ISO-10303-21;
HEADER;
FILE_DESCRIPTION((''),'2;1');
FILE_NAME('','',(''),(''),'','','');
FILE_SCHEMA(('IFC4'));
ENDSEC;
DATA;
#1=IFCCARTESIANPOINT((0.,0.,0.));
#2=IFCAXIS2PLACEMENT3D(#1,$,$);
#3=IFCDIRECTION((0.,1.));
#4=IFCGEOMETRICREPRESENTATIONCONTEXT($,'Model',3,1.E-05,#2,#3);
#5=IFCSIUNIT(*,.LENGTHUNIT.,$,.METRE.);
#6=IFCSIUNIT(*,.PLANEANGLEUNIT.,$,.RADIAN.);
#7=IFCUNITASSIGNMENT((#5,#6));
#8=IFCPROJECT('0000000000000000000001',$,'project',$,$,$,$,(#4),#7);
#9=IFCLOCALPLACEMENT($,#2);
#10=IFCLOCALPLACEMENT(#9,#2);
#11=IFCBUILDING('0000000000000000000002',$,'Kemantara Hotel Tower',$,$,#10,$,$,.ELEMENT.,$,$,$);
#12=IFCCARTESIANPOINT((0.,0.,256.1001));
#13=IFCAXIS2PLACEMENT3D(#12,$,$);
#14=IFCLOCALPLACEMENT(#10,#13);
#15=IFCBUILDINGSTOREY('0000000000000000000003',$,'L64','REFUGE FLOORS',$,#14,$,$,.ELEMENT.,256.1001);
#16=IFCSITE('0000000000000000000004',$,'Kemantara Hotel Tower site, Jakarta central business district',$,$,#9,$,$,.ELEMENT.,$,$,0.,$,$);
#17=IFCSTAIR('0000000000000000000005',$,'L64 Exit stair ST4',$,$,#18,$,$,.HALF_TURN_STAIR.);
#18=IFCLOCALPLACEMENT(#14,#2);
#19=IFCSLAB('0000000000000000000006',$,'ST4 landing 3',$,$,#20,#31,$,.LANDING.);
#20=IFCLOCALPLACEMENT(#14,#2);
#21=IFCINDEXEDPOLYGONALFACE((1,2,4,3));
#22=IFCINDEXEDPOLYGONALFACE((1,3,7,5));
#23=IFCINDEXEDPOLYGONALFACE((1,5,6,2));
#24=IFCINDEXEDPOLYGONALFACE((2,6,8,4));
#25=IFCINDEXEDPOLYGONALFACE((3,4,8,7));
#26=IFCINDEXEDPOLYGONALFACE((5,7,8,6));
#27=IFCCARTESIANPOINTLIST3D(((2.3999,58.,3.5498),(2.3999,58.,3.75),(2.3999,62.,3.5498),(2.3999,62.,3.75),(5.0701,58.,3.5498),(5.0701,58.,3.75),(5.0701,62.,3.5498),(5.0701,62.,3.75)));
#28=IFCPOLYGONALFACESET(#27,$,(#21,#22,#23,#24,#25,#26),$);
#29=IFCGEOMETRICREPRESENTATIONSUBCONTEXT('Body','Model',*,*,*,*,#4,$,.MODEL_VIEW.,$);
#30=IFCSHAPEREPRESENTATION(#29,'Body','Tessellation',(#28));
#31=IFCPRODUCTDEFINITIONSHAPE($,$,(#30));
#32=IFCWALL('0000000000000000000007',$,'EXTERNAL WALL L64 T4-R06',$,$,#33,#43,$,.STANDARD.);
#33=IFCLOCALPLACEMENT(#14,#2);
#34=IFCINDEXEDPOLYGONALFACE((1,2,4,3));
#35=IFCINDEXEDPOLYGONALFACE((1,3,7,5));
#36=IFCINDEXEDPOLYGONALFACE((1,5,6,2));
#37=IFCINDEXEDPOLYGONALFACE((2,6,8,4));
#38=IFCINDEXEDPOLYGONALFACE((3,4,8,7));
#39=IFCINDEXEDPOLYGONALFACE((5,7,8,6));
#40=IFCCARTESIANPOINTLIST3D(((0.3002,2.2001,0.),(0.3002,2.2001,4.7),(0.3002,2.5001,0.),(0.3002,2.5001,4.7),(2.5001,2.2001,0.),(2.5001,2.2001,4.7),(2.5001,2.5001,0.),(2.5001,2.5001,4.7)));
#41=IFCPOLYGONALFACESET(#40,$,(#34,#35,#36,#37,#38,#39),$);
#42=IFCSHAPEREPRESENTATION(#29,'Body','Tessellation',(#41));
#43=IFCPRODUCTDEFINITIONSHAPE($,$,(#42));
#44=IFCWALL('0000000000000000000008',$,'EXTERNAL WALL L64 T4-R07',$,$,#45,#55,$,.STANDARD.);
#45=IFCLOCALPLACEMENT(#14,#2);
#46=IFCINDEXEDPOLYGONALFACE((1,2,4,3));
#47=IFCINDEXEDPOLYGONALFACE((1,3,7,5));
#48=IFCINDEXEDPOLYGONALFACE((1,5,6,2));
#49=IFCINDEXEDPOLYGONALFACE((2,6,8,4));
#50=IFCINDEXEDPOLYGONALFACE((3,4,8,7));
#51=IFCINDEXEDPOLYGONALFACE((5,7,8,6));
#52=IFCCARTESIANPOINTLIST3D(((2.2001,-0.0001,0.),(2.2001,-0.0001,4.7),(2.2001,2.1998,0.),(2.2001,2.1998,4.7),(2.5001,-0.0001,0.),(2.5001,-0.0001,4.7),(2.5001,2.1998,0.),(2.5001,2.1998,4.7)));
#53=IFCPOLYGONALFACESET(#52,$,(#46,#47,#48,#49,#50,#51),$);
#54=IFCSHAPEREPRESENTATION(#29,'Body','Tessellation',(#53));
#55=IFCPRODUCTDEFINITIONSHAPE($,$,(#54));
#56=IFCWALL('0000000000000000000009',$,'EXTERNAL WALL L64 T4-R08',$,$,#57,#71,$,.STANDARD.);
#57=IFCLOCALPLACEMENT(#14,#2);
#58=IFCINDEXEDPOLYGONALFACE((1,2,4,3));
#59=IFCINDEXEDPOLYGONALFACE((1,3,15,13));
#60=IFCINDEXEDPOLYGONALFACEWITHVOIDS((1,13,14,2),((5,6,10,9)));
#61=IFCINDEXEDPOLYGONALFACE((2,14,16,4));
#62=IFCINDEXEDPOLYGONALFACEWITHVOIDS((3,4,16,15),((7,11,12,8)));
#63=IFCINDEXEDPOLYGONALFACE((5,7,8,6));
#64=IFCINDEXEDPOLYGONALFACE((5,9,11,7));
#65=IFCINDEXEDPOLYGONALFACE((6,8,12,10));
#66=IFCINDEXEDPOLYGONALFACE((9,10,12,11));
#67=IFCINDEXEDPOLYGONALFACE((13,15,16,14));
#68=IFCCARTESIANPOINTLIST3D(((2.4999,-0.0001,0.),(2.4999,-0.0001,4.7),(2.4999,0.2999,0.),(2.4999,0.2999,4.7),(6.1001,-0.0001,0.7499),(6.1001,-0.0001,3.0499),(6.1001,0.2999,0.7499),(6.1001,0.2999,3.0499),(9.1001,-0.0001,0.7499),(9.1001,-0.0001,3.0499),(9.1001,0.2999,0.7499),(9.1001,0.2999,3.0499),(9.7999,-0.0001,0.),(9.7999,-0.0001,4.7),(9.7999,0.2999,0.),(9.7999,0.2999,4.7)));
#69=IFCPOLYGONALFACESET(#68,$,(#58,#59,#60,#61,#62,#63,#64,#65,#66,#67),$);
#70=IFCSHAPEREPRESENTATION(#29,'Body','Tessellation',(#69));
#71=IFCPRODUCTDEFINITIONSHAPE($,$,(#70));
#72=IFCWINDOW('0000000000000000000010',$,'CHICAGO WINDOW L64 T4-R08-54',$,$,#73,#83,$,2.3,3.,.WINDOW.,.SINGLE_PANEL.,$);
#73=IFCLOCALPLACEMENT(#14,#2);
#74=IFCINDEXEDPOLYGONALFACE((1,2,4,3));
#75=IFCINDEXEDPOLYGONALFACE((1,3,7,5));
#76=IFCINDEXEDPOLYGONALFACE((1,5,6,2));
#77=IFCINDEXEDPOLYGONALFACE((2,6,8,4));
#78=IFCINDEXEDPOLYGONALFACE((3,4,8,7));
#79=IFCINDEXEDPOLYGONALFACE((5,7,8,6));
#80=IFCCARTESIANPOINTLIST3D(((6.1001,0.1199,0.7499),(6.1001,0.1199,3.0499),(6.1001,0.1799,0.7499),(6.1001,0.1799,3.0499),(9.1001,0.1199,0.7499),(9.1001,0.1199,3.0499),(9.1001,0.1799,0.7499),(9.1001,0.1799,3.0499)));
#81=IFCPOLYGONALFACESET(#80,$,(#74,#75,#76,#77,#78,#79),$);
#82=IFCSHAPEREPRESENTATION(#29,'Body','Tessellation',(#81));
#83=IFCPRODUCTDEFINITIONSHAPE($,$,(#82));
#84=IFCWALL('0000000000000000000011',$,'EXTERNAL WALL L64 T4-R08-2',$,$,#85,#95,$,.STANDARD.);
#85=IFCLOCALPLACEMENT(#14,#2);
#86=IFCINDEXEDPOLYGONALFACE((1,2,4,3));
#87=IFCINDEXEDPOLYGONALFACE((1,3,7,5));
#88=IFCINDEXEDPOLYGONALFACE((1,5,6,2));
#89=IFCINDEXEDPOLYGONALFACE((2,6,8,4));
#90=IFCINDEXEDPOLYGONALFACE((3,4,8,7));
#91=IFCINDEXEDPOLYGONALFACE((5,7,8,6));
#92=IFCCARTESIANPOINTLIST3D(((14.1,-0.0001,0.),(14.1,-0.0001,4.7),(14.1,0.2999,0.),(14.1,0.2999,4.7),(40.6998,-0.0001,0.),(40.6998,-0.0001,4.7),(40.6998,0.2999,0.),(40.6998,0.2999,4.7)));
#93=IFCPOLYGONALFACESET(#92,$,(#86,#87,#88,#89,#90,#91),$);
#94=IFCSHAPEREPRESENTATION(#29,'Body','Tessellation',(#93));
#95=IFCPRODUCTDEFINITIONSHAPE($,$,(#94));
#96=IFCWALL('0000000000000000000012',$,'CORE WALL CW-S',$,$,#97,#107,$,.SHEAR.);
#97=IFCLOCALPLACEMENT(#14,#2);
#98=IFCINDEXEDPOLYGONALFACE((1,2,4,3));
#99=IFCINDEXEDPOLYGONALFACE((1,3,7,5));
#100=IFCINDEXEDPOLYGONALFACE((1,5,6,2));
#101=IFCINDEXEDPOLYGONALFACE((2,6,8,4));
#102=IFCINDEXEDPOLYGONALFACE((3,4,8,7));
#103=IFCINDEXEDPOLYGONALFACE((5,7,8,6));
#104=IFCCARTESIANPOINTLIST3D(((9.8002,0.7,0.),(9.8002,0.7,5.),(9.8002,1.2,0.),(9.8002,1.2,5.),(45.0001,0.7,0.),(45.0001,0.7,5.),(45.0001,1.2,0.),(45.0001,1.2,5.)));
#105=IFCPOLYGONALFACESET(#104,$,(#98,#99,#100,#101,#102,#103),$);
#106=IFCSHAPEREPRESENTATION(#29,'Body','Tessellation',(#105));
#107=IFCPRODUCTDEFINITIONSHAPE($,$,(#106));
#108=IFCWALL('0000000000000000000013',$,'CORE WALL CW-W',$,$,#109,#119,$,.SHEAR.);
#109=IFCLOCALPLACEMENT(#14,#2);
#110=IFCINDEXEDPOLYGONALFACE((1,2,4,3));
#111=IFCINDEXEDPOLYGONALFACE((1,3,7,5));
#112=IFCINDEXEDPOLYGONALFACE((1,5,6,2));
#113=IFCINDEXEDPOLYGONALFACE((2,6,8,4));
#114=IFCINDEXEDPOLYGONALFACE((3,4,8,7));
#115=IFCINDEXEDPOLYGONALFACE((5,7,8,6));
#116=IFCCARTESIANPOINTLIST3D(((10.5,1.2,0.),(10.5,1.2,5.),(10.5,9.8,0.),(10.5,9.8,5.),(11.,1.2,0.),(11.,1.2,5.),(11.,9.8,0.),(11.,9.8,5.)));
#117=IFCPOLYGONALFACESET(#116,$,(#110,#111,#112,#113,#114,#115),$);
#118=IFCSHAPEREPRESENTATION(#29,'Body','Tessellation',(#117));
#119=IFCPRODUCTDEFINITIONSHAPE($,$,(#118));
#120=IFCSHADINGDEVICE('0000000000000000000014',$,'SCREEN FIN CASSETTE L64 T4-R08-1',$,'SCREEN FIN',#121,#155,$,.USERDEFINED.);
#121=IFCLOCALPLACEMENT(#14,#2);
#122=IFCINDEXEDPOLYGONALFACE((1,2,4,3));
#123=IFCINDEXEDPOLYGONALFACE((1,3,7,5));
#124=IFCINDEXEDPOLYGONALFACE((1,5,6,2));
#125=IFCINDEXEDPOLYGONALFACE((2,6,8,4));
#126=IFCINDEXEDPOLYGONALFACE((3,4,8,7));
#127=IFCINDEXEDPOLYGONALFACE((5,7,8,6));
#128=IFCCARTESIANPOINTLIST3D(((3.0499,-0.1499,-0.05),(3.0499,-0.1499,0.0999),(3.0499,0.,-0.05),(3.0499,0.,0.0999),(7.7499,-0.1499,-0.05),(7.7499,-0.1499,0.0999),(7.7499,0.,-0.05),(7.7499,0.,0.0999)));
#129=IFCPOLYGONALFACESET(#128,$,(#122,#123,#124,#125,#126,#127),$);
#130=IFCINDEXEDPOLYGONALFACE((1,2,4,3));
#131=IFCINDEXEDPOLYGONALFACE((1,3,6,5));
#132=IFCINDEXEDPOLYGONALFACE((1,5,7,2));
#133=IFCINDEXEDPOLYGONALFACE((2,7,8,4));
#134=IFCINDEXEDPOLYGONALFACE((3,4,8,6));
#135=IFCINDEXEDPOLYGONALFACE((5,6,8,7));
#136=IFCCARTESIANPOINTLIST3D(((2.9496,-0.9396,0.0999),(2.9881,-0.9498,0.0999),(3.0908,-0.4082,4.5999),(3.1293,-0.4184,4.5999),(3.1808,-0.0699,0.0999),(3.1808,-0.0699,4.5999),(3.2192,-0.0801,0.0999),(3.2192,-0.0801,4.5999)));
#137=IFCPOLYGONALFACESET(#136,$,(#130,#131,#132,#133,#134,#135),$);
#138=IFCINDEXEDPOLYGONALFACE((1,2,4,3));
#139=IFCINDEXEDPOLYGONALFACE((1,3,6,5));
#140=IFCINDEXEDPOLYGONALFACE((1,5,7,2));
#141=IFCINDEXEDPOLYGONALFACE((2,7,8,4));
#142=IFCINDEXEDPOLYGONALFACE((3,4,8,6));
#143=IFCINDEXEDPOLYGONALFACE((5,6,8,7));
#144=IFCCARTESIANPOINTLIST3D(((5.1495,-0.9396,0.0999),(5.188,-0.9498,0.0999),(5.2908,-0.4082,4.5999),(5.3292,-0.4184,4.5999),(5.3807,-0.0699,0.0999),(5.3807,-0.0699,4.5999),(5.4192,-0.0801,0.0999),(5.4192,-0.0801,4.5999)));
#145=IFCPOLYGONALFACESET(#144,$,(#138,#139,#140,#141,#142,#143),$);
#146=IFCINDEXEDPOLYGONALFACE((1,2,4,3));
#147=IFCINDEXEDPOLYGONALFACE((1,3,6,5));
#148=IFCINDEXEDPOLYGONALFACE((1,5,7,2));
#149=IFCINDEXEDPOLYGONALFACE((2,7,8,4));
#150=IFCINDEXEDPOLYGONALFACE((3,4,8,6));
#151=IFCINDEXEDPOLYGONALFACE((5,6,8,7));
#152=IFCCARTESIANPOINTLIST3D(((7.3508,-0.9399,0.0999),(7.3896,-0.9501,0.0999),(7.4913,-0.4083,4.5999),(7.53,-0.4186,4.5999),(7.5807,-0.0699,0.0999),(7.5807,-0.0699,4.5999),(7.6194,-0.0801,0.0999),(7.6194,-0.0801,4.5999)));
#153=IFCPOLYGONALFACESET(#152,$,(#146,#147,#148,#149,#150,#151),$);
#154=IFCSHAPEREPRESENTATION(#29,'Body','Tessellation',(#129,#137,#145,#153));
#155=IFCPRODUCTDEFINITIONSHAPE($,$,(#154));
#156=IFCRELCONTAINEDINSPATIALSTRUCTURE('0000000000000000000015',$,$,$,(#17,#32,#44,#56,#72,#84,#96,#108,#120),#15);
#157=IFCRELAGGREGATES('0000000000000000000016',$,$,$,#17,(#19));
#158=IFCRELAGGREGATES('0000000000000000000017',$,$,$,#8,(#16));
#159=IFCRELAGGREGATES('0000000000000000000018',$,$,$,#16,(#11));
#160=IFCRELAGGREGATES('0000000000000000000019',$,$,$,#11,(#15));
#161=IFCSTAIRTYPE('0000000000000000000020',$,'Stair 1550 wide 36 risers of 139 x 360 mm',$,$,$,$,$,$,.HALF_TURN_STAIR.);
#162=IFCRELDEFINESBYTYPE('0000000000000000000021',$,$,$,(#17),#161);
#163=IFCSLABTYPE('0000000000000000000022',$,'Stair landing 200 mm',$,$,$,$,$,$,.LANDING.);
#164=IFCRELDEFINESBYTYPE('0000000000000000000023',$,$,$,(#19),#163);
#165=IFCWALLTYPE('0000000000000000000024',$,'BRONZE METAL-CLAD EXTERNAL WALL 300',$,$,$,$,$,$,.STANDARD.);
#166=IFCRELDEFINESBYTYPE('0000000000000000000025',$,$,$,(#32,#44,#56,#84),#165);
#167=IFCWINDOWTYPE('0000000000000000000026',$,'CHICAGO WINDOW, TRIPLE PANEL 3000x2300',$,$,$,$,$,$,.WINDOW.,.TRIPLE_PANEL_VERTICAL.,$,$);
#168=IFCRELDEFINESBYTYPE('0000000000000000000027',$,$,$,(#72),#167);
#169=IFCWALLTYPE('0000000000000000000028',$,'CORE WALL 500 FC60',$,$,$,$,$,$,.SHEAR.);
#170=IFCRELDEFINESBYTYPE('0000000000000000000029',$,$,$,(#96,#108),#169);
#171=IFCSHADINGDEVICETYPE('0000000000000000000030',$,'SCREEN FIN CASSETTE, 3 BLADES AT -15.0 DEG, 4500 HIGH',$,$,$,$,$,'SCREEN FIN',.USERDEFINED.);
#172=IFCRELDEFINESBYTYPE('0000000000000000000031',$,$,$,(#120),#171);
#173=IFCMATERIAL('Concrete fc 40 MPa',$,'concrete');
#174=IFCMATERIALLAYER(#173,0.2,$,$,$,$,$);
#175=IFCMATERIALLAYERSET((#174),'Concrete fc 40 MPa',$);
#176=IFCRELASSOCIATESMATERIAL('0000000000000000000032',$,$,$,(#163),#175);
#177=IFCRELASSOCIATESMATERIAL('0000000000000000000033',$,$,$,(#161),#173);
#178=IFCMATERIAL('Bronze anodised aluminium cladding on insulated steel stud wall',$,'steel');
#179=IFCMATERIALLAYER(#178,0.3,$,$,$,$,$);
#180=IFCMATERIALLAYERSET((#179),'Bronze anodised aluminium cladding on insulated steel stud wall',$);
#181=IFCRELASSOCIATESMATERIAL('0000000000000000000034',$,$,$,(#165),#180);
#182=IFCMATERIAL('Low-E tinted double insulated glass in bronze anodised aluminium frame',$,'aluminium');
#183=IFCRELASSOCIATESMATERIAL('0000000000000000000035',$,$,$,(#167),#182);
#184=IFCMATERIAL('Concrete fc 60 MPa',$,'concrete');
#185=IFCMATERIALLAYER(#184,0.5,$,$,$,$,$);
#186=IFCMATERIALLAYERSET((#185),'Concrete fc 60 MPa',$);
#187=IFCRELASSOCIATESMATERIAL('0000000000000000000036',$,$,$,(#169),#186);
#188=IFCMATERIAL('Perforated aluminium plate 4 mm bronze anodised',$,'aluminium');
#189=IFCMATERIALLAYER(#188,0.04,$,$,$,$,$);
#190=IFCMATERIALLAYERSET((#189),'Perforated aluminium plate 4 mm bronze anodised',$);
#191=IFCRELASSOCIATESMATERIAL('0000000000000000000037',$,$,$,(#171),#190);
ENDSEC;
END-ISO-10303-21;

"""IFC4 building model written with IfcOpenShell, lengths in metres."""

from ifc_helpers import new_model, si_unit, direction, frame, frame_2d, origin, origin_2d, place, context, subcontext, project, spatial, polyline, rectangle, outline, extrude, source, transform, mapped, material, layer, layer_set, type_object, element, fill, aggregate, save


model = new_model("IFC4")

# Units and contexts
model_context = context("Model", 3, precision=1e-05, world=origin(), true_north=direction((0.0, 1.0)))
body_context = subcontext(model_context, "Body", "Model", "MODEL_VIEW")
ifc_project = project(units=[si_unit("LENGTHUNIT", "METRE"), si_unit("PLANEANGLEUNIT", "RADIAN")], contexts=[model_context])

# Site, building, storey
site_placement = place(None, origin())
site = spatial("IfcSite", under=ifc_project, at=site_placement, Name="Kemantara Hotel Tower site, Jakarta central business district", CompositionType="ELEMENT", RefElevation=0.0)
building_placement = place(site_placement, origin())
building = spatial("IfcBuilding", under=site, at=building_placement, Name="Kemantara Hotel Tower", CompositionType="ELEMENT")
storey_placement = place(building_placement, frame((0.0, 0.0, 256.1001)))
storey = spatial("IfcBuildingStorey", under=building, at=storey_placement, Name="L64", Description="REFUGE FLOORS", CompositionType="ELEMENT", Elevation=256.1001)

# Shared definitions
ifc_material_1 = material(Name="Concrete fc 40 MPa", Category="concrete")

# Stair, slab
ifc_layer_1 = layer(ifc_material_1, 0.2)
ifc_layer_set_1 = layer_set([ifc_layer_1], Name="Concrete fc 40 MPa")
slab_type_1 = type_object("IfcSlabType", Name="Stair landing 200 mm", PredefinedType="LANDING", material=ifc_layer_set_1)
stair_type_1 = type_object("IfcStairType", Name="Stair 1550 wide 36 risers of 139 x 360 mm", PredefinedType="HALF_TURN_STAIR", material=ifc_material_1)
stair_1_placement = place(storey_placement, origin())
stair_1 = element("IfcStair", 1, at=stair_1_placement, inside=storey, type_object=stair_type_1, Name="L64 Exit stair ST4", PredefinedType="HALF_TURN_STAIR")
slab_1_placement = place(storey_placement, frame((0.0, 0.0, 3.5498)))
slab_1 = element("IfcSlab", 2, at=slab_1_placement, type_object=slab_type_1, Name="ST4 landing 3", PredefinedType="LANDING", context=body_context, shape_type="SweptSolid", body=[
    extrude(outline(polyline([(5.0701, 62.0), (2.3999, 62.0), (2.3999, 58.0), (5.0701, 58.0), (5.0701, 62.0)])), origin(), (0.0, 0.0, 1.0), 0.2002),
])
aggregate(stair_1, [slab_1])

# Walls
ifc_material_2 = material(Name="Bronze anodised aluminium cladding on insulated steel stud wall", Category="steel")
ifc_layer_2 = layer(ifc_material_2, 0.3)
ifc_layer_set_2 = layer_set([ifc_layer_2], Name="Bronze anodised aluminium cladding on insulated steel stud wall")
wall_type_1 = type_object("IfcWallType", Name="BRONZE METAL-CLAD EXTERNAL WALL 300", PredefinedType="STANDARD", material=ifc_layer_set_2)
for number, where, z_axis, x_axis, name in (
    (3, (0.3, 2.3501, 0.0), (0.0, 0.0, 1.0), (1.0, 0.0, 0.0), "EXTERNAL WALL L64 T4-R06"),
    (4, (2.3501, 2.2, 0.0), (0.0, 0.0, 1.0), (0.0, -1.0, 0.0), "EXTERNAL WALL L64 T4-R07"),
):
    element("IfcWall", number, at=place(storey_placement, frame(where, z_axis=z_axis, x_axis=x_axis)), inside=storey, type_object=wall_type_1, Name=name, PredefinedType="STANDARD", context=body_context, shape_type="SweptSolid", body=[
        extrude(rectangle(XDim=2.2, YDim=0.3, at=frame_2d((1.1001, 0.0))), origin(), (0.0, 0.0, 1.0), 4.7),
    ])

# Wall, opening, window
wall_1_placement = place(storey_placement, frame((2.5, 0.1499, 0.0), z_axis=(0.0, 0.0, 1.0), x_axis=(1.0, 0.0, 0.0)))
wall_1 = element("IfcWall", 5, at=wall_1_placement, inside=storey, type_object=wall_type_1, Name="EXTERNAL WALL L64 T4-R08", PredefinedType="STANDARD", context=body_context, shape_type="SweptSolid", body=[
    extrude(rectangle(XDim=7.3, YDim=0.3, at=frame_2d((3.6499, 0.0))), origin(), (0.0, 0.0, 1.0), 4.7),
])
opening_placement = place(wall_1_placement, frame((3.6001, 0.0, 0.75)))
opening = element("IfcOpeningElement", 6, at=opening_placement, cuts=wall_1, PredefinedType="OPENING", context=body_context, shape_type="SweptSolid", body=[
    extrude(rectangle(XDim=3.0, YDim=2.3, at=frame_2d((1.5, 1.1499))), frame((0.0, 0.1599, 0.0), z_axis=(0.0, -1.0, 0.0), x_axis=(1.0, 0.0, 0.0)), (0.0, 0.0, 1.0), 0.3201),
])
ifc_material_3 = material(Name="Low-E tinted double insulated glass in bronze anodised aluminium frame", Category="aluminium")
window_type = type_object("IfcWindowType", Name="CHICAGO WINDOW, TRIPLE PANEL 3000x2300", PartitioningType="TRIPLE_PANEL_VERTICAL", PredefinedType="WINDOW", material=ifc_material_3)
window_placement = place(opening_placement, origin())
window = element("IfcWindow", 7, at=window_placement, inside=storey, type_object=window_type, Name="CHICAGO WINDOW L64 T4-R08-54", OverallHeight=2.3, OverallWidth=3.0, PartitioningType="SINGLE_PANEL", PredefinedType="WINDOW", context=body_context, shape_type="SweptSolid", body=[
    extrude(rectangle(XDim=3.0, YDim=2.3, at=frame_2d((1.5, 1.1499))), frame((0.0, 0.03, 0.0), z_axis=(0.0, -1.0, 0.0), x_axis=(1.0, 0.0, 0.0)), (0.0, 0.0, 1.0), 0.0601),
])
fill(opening, window)

# Walls
wall_2_placement = place(storey_placement, frame((14.1001, 0.1499, 0.0), z_axis=(0.0, 0.0, 1.0), x_axis=(1.0, 0.0, 0.0)))
element("IfcWall", 8, at=wall_2_placement, inside=storey, type_object=wall_type_1, Name="EXTERNAL WALL L64 T4-R08-2", PredefinedType="STANDARD", context=body_context, shape_type="SweptSolid", body=[
    extrude(rectangle(XDim=26.5999, YDim=0.3, at=frame_2d((13.2998, 0.0))), origin(), (0.0, 0.0, 1.0), 4.7),
])
ifc_material_4 = material(Name="Concrete fc 60 MPa", Category="concrete")
ifc_layer_3 = layer(ifc_material_4, 0.5)
ifc_layer_set_3 = layer_set([ifc_layer_3], Name="Concrete fc 60 MPa")
wall_type_2 = type_object("IfcWallType", Name="CORE WALL 500 FC60", PredefinedType="SHEAR", material=ifc_layer_set_3)
wall_3_placement = place(storey_placement, frame((9.8, 0.95, 0.0), z_axis=(0.0, 0.0, 1.0), x_axis=(1.0, 0.0, 0.0)))
element("IfcWall", 9, at=wall_3_placement, inside=storey, type_object=wall_type_2, Name="CORE WALL CW-S", PredefinedType="SHEAR", context=body_context, shape_type="SweptSolid", body=[
    extrude(rectangle(XDim=35.2, YDim=0.5, at=frame_2d((17.6001, 0.0))), origin(), (0.0, 0.0, 1.0), 5.0),
])
wall_4_placement = place(storey_placement, frame((10.75, 1.2, 0.0), z_axis=(0.0, 0.0, 1.0), x_axis=(0.0, 1.0, 0.0)))
element("IfcWall", 10, at=wall_4_placement, inside=storey, type_object=wall_type_2, Name="CORE WALL CW-W", PredefinedType="SHEAR", context=body_context, shape_type="SweptSolid", body=[
    extrude(rectangle(XDim=8.6001, YDim=0.5, at=frame_2d((4.3, 0.0))), origin(), (0.0, 0.0, 1.0), 5.0),
])

# Shading device
ifc_material_5 = material(Name="Perforated aluminium plate 4 mm bronze anodised", Category="aluminium")
ifc_layer_4 = layer(ifc_material_5, 0.04)
ifc_layer_set_4 = layer_set([ifc_layer_4], Name="Perforated aluminium plate 4 mm bronze anodised")
shading_device_type_1 = type_object("IfcShadingDeviceType", Name="SCREEN FIN CASSETTE, 3 BLADES AT -15.0 DEG, 4500 HIGH", ElementType="SCREEN FIN", PredefinedType="USERDEFINED", material=ifc_layer_set_4)
shared_shape_1 = source(origin(), body_context, "Body", "SweptSolid", [
    extrude(rectangle(XDim=4.7, YDim=0.1499, at=origin_2d()), frame((2.2, -0.075, -0.1499), z_axis=(0.0, 0.0, 1.0), x_axis=(1.0, 0.0, 0.0)), (0.0, 0.0, 1.0), 0.1499),
    extrude(outline(polyline([(0.0, 0.0), (0.8999, 0.0), (0.3501, 4.5), (0.0, 4.5), (0.0, 0.0)])), frame((0.0193, -0.0801, 0.0), z_axis=(-0.966438, 0.256901, 0.0), x_axis=(-0.256901, -0.966438, 0.0)), (0.0, 0.0, 1.0), 0.0398),
    extrude(outline(polyline([(0.0, 0.0), (0.8999, 0.0), (0.3501, 4.5), (0.0, 4.5), (0.0, 0.0)])), frame((2.2192, -0.0801, 0.0), z_axis=(-0.966438, 0.256901, 0.0), x_axis=(-0.256901, -0.966438, 0.0)), (0.0, 0.0, 1.0), 0.0398),
    extrude(outline(polyline([(0.0, 0.0), (0.8999, 0.0), (0.3501, 4.5), (0.0, 4.5), (0.0, 0.0)])), frame((4.4194, -0.0801, 0.0), z_axis=(-0.966838, 0.255391, 0.0), x_axis=(-0.255391, -0.966838, 0.0)), (0.0, 0.0, 1.0), 0.04),
])
shading_device_1_placement = place(storey_placement, frame((3.2, 0.0, 0.0999), z_axis=(0.0, 0.0, 1.0), x_axis=(1.0, 0.0, 0.0)))
element("IfcShadingDevice", 11, at=shading_device_1_placement, inside=storey, type_object=shading_device_type_1, Name="SCREEN FIN CASSETTE L64 T4-R08-1", ObjectType="SCREEN FIN", PredefinedType="USERDEFINED", context=body_context, shape_type="MappedRepresentation", body=[
    mapped(shared_shape_1, transform((0.0, 0.0, 0.0))),
])

save(model, "model.ifc")
